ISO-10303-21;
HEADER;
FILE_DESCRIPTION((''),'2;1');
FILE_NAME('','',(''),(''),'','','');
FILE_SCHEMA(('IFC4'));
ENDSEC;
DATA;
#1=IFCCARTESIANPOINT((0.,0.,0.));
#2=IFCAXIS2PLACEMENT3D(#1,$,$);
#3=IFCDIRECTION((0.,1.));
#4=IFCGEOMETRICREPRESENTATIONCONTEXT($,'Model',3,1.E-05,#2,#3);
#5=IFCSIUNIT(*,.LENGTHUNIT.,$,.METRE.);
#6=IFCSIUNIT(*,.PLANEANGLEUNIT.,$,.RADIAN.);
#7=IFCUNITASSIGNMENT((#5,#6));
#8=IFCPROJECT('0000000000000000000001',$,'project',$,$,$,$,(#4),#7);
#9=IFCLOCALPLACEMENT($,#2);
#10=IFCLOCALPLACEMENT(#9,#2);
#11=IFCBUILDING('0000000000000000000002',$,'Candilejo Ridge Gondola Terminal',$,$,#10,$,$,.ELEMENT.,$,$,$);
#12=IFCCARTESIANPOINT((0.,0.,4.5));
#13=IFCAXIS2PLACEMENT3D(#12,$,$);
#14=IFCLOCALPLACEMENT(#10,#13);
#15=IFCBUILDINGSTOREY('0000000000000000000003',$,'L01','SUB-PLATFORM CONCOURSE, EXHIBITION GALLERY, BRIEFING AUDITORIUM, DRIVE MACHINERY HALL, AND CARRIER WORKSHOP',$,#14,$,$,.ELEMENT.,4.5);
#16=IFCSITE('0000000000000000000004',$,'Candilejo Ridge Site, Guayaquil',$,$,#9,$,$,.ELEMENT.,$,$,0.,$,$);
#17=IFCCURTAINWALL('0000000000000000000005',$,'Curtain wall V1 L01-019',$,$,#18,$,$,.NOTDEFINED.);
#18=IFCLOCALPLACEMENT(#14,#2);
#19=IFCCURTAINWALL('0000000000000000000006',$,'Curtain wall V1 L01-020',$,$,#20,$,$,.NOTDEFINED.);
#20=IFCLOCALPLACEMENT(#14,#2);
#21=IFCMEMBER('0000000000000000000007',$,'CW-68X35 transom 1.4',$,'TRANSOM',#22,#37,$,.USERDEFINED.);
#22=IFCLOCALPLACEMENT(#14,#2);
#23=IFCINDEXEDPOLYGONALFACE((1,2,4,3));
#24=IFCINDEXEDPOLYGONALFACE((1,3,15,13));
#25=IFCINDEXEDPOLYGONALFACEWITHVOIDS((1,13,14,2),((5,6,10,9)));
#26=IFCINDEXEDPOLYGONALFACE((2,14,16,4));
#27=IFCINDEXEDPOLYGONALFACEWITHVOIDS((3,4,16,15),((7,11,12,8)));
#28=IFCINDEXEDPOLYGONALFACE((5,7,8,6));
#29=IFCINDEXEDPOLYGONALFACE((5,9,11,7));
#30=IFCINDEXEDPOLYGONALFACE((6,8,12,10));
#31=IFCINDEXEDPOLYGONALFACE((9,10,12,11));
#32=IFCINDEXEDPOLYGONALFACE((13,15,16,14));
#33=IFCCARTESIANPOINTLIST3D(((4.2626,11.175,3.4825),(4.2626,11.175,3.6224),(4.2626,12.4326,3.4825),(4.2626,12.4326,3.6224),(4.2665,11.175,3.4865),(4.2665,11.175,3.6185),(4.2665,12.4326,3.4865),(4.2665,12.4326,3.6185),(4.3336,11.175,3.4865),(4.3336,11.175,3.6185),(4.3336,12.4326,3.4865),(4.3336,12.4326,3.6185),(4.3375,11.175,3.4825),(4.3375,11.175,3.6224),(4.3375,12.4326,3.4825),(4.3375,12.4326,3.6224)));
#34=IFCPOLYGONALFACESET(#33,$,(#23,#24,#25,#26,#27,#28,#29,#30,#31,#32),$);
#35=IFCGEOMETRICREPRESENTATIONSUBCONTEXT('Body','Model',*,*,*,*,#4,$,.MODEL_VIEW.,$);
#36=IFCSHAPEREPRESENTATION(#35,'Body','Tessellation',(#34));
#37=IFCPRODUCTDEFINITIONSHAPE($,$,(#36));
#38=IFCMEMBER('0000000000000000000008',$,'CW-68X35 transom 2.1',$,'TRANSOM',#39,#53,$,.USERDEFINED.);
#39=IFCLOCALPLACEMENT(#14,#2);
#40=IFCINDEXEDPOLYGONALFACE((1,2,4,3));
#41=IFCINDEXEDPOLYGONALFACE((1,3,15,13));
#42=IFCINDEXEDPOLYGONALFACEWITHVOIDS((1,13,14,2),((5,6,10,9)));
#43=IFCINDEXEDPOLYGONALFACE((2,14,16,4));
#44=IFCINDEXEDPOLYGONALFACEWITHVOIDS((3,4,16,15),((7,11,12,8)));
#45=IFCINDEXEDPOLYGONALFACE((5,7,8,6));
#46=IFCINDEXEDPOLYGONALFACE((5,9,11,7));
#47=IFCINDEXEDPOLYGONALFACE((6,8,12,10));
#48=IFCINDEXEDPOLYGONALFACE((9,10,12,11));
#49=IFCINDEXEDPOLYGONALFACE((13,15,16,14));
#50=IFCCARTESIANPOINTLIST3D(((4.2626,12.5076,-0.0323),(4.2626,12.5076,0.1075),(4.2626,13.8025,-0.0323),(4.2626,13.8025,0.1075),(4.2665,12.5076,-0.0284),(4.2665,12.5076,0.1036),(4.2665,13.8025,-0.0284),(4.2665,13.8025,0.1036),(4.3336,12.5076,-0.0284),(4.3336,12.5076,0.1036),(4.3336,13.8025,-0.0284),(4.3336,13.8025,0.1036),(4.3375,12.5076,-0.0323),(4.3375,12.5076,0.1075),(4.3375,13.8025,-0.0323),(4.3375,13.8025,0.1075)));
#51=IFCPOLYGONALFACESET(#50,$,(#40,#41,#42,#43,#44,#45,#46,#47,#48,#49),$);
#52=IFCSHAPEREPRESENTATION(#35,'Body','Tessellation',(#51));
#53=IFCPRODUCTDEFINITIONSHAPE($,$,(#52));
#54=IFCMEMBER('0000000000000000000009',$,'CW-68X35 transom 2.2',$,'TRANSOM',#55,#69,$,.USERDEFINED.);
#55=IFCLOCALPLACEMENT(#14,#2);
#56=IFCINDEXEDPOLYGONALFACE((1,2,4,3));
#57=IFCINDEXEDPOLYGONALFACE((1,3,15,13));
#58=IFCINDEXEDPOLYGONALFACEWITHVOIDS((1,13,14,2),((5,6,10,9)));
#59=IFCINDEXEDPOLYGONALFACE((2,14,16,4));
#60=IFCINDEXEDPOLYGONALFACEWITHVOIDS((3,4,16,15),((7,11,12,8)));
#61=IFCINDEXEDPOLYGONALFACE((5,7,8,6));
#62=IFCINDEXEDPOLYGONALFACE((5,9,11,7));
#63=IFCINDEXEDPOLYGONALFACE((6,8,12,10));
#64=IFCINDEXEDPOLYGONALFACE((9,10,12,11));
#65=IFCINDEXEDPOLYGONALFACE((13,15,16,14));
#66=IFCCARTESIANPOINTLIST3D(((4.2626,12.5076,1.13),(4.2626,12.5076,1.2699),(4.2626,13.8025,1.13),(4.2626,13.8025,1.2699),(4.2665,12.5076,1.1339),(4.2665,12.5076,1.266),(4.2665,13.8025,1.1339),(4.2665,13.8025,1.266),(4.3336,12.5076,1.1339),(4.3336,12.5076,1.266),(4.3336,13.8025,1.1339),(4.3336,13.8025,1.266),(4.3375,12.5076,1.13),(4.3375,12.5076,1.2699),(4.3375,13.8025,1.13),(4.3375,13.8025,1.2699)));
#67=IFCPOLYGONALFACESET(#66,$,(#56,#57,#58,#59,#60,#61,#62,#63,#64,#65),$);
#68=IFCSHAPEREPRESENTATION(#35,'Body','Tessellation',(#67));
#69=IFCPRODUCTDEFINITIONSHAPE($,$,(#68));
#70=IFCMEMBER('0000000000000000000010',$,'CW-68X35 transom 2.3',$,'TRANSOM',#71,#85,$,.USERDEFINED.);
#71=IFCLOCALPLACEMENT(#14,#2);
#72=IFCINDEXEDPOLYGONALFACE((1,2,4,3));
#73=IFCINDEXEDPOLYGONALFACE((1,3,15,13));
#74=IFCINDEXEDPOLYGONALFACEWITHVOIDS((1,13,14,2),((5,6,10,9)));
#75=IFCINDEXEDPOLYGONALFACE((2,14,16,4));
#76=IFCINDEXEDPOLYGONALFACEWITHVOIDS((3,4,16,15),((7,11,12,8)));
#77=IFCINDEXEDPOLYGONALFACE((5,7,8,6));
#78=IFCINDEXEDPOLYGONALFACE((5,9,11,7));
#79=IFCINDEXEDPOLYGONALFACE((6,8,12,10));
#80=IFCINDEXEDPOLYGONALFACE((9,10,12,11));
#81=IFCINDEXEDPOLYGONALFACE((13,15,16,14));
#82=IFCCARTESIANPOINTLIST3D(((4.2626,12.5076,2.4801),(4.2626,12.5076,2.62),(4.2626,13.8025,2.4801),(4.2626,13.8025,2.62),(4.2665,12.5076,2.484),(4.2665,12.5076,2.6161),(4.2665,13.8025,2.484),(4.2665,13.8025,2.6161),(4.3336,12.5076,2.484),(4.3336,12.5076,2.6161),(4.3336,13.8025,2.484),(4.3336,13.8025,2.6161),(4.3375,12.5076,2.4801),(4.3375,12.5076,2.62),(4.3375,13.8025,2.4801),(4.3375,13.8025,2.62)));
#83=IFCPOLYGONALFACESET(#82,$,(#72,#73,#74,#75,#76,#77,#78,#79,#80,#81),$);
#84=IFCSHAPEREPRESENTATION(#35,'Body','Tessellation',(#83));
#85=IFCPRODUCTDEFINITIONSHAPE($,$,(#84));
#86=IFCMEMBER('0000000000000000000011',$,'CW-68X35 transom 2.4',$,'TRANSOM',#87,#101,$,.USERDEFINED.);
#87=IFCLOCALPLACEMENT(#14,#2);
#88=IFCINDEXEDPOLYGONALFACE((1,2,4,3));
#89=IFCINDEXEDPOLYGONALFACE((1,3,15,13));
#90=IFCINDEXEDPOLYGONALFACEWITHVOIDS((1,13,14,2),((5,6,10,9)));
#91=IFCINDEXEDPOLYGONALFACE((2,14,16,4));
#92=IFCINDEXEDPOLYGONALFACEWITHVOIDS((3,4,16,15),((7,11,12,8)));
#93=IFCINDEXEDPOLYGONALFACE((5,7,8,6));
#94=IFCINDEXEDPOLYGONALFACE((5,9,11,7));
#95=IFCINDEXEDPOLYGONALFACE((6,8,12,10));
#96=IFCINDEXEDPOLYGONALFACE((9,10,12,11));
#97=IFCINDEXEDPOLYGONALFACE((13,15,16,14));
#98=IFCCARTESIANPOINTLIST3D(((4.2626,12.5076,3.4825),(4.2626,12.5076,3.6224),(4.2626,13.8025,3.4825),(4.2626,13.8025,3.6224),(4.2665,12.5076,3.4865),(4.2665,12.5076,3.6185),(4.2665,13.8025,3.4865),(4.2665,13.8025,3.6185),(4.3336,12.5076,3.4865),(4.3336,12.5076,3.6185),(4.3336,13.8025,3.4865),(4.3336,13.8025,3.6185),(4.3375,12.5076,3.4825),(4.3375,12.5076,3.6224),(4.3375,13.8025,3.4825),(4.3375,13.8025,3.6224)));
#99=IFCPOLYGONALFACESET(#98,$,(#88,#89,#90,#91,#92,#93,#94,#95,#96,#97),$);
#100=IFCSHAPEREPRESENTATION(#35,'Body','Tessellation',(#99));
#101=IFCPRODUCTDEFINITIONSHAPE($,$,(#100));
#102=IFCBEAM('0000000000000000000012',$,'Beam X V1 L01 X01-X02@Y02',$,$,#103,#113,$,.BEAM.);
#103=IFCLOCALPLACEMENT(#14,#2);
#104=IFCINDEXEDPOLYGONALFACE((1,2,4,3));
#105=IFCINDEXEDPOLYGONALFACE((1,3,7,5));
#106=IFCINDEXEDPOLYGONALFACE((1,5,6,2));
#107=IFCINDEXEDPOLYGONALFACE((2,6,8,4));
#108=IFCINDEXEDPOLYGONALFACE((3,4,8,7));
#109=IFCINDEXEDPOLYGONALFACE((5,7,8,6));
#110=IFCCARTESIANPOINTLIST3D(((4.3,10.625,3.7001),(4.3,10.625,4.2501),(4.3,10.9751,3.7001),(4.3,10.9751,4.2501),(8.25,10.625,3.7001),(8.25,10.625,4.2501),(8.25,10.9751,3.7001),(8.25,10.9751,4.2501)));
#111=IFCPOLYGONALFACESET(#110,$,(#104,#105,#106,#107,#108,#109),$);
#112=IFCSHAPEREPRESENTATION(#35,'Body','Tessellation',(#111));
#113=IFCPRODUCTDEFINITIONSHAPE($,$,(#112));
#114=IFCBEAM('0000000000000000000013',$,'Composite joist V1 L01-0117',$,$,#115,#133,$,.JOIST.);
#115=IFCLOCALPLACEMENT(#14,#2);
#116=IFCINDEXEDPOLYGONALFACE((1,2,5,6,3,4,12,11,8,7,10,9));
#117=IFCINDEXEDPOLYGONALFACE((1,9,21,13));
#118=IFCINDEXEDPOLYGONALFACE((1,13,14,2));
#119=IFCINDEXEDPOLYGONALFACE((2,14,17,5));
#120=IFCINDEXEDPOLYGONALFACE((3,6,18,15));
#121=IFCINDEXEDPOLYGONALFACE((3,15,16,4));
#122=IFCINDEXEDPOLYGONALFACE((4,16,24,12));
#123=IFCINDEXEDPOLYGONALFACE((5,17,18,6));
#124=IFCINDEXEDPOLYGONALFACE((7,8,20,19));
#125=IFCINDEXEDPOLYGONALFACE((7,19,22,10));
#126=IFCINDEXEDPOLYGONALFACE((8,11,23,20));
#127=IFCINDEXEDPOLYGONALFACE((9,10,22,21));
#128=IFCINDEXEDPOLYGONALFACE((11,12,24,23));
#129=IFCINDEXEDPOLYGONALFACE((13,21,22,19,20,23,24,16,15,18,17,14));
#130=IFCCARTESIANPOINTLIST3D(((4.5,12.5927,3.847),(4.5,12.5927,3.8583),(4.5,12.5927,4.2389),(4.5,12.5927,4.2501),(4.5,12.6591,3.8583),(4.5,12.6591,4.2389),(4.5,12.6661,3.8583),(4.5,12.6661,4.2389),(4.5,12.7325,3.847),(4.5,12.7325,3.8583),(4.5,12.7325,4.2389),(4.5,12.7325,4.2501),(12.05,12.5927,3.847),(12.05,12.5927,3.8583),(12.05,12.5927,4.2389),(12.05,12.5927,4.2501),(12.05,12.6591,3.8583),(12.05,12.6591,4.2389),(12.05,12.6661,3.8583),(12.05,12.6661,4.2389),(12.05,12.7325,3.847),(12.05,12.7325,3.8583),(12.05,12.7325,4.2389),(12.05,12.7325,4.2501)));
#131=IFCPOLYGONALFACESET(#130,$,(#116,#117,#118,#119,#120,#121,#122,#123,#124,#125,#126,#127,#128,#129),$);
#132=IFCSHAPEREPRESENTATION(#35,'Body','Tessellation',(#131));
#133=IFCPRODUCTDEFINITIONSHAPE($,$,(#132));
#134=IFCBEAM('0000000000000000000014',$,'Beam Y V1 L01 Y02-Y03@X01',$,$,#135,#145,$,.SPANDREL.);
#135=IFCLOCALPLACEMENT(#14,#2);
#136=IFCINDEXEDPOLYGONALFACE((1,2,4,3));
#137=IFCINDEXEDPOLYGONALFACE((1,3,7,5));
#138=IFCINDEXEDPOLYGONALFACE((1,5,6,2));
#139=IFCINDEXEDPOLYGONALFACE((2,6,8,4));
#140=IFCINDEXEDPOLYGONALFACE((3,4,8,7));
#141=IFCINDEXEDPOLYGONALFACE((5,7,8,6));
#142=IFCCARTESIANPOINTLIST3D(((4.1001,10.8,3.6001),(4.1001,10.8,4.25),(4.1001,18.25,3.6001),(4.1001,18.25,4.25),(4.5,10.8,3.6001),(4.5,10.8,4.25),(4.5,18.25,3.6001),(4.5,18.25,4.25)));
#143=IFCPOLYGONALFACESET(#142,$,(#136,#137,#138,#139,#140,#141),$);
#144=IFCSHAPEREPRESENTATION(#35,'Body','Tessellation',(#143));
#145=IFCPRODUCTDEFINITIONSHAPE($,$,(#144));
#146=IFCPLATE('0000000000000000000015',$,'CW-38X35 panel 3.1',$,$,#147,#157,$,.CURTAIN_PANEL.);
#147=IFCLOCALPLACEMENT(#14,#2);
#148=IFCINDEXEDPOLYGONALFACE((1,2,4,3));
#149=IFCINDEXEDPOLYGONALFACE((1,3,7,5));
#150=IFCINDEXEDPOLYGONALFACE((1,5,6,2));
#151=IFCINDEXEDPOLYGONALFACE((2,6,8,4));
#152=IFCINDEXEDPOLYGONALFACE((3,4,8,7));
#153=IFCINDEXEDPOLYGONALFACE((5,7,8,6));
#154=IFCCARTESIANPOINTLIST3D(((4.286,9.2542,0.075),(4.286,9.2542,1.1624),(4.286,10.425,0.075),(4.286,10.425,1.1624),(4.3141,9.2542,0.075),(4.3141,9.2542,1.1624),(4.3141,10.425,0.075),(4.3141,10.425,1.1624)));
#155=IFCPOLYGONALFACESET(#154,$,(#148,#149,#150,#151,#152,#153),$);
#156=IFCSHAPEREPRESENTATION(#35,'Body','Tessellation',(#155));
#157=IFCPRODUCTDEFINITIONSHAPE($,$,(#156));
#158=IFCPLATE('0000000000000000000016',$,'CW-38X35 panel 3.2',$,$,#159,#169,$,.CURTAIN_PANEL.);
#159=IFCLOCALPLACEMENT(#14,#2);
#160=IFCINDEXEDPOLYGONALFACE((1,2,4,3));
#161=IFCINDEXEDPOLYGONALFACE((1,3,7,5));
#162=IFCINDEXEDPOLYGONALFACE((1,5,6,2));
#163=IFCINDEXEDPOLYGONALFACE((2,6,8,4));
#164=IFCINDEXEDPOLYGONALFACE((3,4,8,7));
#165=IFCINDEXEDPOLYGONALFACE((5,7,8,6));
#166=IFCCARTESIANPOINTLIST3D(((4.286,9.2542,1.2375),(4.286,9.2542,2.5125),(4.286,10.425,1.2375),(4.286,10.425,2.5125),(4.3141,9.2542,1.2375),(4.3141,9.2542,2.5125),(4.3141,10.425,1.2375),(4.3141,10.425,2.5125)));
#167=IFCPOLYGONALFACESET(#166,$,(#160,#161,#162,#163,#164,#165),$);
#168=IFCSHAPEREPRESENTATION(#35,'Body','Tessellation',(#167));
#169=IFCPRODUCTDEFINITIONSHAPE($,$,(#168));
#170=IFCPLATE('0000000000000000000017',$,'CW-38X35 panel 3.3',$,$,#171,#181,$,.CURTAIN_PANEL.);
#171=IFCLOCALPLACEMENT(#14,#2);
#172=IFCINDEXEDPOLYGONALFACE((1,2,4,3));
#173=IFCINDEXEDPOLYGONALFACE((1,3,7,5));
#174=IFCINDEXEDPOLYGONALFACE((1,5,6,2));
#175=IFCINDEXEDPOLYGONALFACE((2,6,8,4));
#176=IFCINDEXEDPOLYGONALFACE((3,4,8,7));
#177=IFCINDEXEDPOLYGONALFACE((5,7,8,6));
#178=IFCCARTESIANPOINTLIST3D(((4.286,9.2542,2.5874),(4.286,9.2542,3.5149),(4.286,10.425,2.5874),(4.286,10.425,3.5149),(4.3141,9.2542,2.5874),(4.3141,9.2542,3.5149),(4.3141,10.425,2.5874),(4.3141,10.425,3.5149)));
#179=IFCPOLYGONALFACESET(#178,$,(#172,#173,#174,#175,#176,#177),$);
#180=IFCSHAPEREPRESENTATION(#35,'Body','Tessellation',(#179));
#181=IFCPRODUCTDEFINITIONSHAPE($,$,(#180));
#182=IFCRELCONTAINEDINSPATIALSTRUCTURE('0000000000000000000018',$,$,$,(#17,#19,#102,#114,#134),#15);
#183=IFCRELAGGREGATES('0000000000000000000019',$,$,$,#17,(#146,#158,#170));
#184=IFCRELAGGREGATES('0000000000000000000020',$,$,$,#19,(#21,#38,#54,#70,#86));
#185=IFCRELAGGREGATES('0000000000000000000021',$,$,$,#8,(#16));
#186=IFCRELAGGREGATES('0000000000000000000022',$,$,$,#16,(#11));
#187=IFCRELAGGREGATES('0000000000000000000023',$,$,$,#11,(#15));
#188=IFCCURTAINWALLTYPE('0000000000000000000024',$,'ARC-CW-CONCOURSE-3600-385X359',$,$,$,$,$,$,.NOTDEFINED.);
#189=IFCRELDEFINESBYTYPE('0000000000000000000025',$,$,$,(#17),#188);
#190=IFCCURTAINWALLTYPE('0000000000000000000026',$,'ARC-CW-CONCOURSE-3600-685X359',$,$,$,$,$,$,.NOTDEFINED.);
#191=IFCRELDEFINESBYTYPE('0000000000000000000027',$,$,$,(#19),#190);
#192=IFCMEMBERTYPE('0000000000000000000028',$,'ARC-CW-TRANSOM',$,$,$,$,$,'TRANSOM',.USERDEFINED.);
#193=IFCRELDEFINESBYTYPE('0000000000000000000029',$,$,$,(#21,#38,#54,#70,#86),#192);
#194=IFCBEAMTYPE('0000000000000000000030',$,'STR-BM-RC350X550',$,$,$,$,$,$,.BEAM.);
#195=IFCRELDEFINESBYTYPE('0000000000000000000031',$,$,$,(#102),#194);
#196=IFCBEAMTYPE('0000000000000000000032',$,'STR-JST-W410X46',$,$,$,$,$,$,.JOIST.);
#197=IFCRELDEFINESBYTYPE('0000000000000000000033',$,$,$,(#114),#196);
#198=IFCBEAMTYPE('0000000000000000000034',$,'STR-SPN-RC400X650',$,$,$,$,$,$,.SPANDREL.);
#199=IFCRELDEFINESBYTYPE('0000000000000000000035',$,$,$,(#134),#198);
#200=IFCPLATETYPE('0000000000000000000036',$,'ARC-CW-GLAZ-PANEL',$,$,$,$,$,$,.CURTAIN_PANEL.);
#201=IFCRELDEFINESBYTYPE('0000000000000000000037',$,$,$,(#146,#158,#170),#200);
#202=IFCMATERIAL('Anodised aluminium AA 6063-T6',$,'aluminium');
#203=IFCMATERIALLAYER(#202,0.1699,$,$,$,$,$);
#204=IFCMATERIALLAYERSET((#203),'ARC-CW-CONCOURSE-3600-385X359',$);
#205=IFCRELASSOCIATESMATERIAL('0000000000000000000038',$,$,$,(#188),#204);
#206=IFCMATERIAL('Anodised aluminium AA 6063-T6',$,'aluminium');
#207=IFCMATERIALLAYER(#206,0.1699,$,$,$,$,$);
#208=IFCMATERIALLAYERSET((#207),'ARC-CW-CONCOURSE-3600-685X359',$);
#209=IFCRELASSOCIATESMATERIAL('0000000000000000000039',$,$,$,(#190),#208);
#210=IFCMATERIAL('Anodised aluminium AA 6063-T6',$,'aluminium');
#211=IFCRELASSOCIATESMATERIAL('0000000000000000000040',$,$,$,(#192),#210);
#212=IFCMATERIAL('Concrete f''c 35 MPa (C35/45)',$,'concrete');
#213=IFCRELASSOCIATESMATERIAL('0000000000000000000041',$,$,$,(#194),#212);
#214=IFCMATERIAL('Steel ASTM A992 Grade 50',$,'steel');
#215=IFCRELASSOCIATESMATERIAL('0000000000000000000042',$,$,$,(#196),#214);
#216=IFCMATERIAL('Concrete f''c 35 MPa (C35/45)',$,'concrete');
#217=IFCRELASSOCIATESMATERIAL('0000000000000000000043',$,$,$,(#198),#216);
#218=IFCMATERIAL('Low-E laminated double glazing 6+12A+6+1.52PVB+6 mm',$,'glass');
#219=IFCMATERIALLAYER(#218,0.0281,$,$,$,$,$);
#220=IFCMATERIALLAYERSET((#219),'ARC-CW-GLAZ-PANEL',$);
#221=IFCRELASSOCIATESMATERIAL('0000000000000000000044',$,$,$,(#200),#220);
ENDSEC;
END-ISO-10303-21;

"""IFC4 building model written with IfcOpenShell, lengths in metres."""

from ifc_helpers import new_model, si_unit, direction, frame, origin, origin_2d, place, context, subcontext, project, spatial, rectangle, hollow_rectangle, i_section, extrude, material, layer, layer_set, material_profile, profile_set, type_object, element, aggregate, save


model = new_model("IFC4")

# Units and contexts
model_context = context("Model", 3, precision=1e-05, world=origin(), true_north=direction((0.0, 1.0)))
body_context = subcontext(model_context, "Body", "Model", "MODEL_VIEW")
ifc_project = project(units=[si_unit("LENGTHUNIT", "METRE"), si_unit("PLANEANGLEUNIT", "RADIAN")], contexts=[model_context])

# Site, building, storey
site_placement = place(None, origin())
site = spatial("IfcSite", under=ifc_project, at=site_placement, Name="Candilejo Ridge Site, Guayaquil", CompositionType="ELEMENT", RefElevation=0.0)
building_placement = place(site_placement, origin())
building = spatial("IfcBuilding", under=site, at=building_placement, Name="Candilejo Ridge Gondola Terminal", CompositionType="ELEMENT")
storey_placement = place(building_placement, frame((0.0, 0.0, 4.5)))
storey = spatial("IfcBuildingStorey", under=building, at=storey_placement, Name="L01", Description="SUB-PLATFORM CONCOURSE, EXHIBITION GALLERY, BRIEFING AUDITORIUM, DRIVE MACHINERY HALL, AND CARRIER WORKSHOP", CompositionType="ELEMENT", Elevation=4.5)

# Curtain wall
ifc_material_1 = material(Name="Anodised aluminium AA 6063-T6", Category="aluminium")
ifc_layer_1 = layer(ifc_material_1, 0.1699)
ifc_layer_set_1 = layer_set([ifc_layer_1], Name="ARC-CW-CONCOURSE-3600-385X359")
curtain_wall_type_1 = type_object("IfcCurtainWallType", Name="ARC-CW-CONCOURSE-3600-385X359", PredefinedType="NOTDEFINED", material=ifc_layer_set_1)
curtain_wall_1_placement = place(storey_placement, origin())
curtain_wall_1 = element("IfcCurtainWall", 1, at=curtain_wall_1_placement, inside=storey, type_object=curtain_wall_type_1, Name="Curtain wall V1 L01-019", PredefinedType="NOTDEFINED")

# Curtain wall
ifc_material_2 = material(Name="Anodised aluminium AA 6063-T6", Category="aluminium")
ifc_layer_2 = layer(ifc_material_2, 0.1699)
ifc_layer_set_2 = layer_set([ifc_layer_2], Name="ARC-CW-CONCOURSE-3600-685X359")
curtain_wall_type_2 = type_object("IfcCurtainWallType", Name="ARC-CW-CONCOURSE-3600-685X359", PredefinedType="NOTDEFINED", material=ifc_layer_set_2)
curtain_wall_2_placement = place(storey_placement, origin())
curtain_wall_2 = element("IfcCurtainWall", 2, at=curtain_wall_2_placement, inside=storey, type_object=curtain_wall_type_2, Name="Curtain wall V1 L01-020", PredefinedType="NOTDEFINED")

# Members
ifc_material_3 = material(Name="Anodised aluminium AA 6063-T6", Category="aluminium")
ifc_material_profile_1 = material_profile(ifc_material_3, hollow_rectangle(XDim=0.075, YDim=0.1399, WallThickness=0.0039, at=origin_2d()))
ifc_profile_set_1 = profile_set([ifc_material_profile_1], Name="Anodised aluminium AA 6063-T6")
member_type_1 = type_object("IfcMemberType", Name="ARC-CW-TRANSOM", ElementType="TRANSOM", PredefinedType="USERDEFINED", material=ifc_profile_set_1)
member_1_placement = place(storey_placement, frame((4.3, 11.175, 3.5525), z_axis=(0.0, 1.0, 0.0), x_axis=(-1.0, 0.0, 0.0)))
member_1 = element("IfcMember", 3, at=member_1_placement, type_object=member_type_1, Name="CW-68X35 transom 1.4", ObjectType="TRANSOM", PredefinedType="USERDEFINED", context=body_context, shape_type="SweptSolid", body=[
    extrude(hollow_rectangle(XDim=0.075, YDim=0.1399, WallThickness=0.0039, at=origin_2d()), origin(), (0.0, 0.0, 1.0), 1.2576),
])
member_2_placement = place(storey_placement, frame((4.3, 12.5076, 0.0376), z_axis=(0.0, 1.0, 0.0), x_axis=(-1.0, 0.0, 0.0)))
member_2 = element("IfcMember", 4, at=member_2_placement, type_object=member_type_1, Name="CW-68X35 transom 2.1", ObjectType="TRANSOM", PredefinedType="USERDEFINED", context=body_context, shape_type="SweptSolid", body=[
    extrude(hollow_rectangle(XDim=0.075, YDim=0.1399, WallThickness=0.0039, at=origin_2d()), origin(), (0.0, 0.0, 1.0), 1.2949),
])
member_3_placement = place(storey_placement, frame((4.3, 12.5076, 1.2), z_axis=(0.0, 1.0, 0.0), x_axis=(-1.0, 0.0, 0.0)))
member_3 = element("IfcMember", 5, at=member_3_placement, type_object=member_type_1, Name="CW-68X35 transom 2.2", ObjectType="TRANSOM", PredefinedType="USERDEFINED", context=body_context, shape_type="SweptSolid", body=[
    extrude(hollow_rectangle(XDim=0.075, YDim=0.1399, WallThickness=0.0039, at=origin_2d()), origin(), (0.0, 0.0, 1.0), 1.2949),
])
member_4_placement = place(storey_placement, frame((4.3, 12.5076, 2.55), z_axis=(0.0, 1.0, 0.0), x_axis=(-1.0, 0.0, 0.0)))
member_4 = element("IfcMember", 6, at=member_4_placement, type_object=member_type_1, Name="CW-68X35 transom 2.3", ObjectType="TRANSOM", PredefinedType="USERDEFINED", context=body_context, shape_type="SweptSolid", body=[
    extrude(hollow_rectangle(XDim=0.075, YDim=0.1399, WallThickness=0.0039, at=origin_2d()), origin(), (0.0, 0.0, 1.0), 1.2949),
])
member_5_placement = place(storey_placement, frame((4.3, 12.5076, 3.5525), z_axis=(0.0, 1.0, 0.0), x_axis=(-1.0, 0.0, 0.0)))
member_5 = element("IfcMember", 7, at=member_5_placement, type_object=member_type_1, Name="CW-68X35 transom 2.4", ObjectType="TRANSOM", PredefinedType="USERDEFINED", context=body_context, shape_type="SweptSolid", body=[
    extrude(hollow_rectangle(XDim=0.075, YDim=0.1399, WallThickness=0.0039, at=origin_2d()), origin(), (0.0, 0.0, 1.0), 1.2949),
])

# Beams
ifc_material_4 = material(Name="Concrete f'c 35 MPa (C35/45)", Category="concrete")
ifc_material_profile_2 = material_profile(ifc_material_4, rectangle(XDim=0.3501, YDim=0.55, at=origin_2d()))
ifc_profile_set_2 = profile_set([ifc_material_profile_2], Name="Concrete f'c 35 MPa (C35/45)")
beam_type_1 = type_object("IfcBeamType", Name="STR-BM-RC350X550", PredefinedType="BEAM", material=ifc_profile_set_2)
beam_1_placement = place(storey_placement, frame((4.3, 10.8, 3.9751), z_axis=(1.0, 0.0, 0.0), x_axis=(0.0, 1.0, 0.0)))
element("IfcBeam", 8, at=beam_1_placement, inside=storey, type_object=beam_type_1, Name="Beam X V1 L01 X01-X02@Y02", PredefinedType="BEAM", context=body_context, shape_type="SweptSolid", body=[
    extrude(rectangle(XDim=0.3501, YDim=0.55, at=origin_2d()), origin(), (0.0, 0.0, 1.0), 3.95),
])
ifc_material_5 = material(Name="Steel ASTM A992 Grade 50", Category="steel")
ifc_material_profile_3 = material_profile(ifc_material_5, i_section(OverallWidth=0.1399, OverallDepth=0.4031, WebThickness=0.0071, FlangeThickness=0.0112, at=origin_2d()))
ifc_profile_set_3 = profile_set([ifc_material_profile_3], Name="Steel ASTM A992 Grade 50")
beam_type_2 = type_object("IfcBeamType", Name="STR-JST-W410X46", PredefinedType="JOIST", material=ifc_profile_set_3)
beam_2_placement = place(storey_placement, frame((4.5, 12.6626, 4.0486), z_axis=(1.0, 0.0, 0.0), x_axis=(0.0, 1.0, 0.0)))
element("IfcBeam", 9, at=beam_2_placement, inside=storey, type_object=beam_type_2, Name="Composite joist V1 L01-0117", PredefinedType="JOIST", context=body_context, shape_type="SweptSolid", body=[
    extrude(i_section(OverallWidth=0.1399, OverallDepth=0.4031, WebThickness=0.0071, FlangeThickness=0.0112, at=origin_2d()), origin(), (0.0, 0.0, 1.0), 7.55),
])
ifc_material_6 = material(Name="Concrete f'c 35 MPa (C35/45)", Category="concrete")
ifc_material_profile_4 = material_profile(ifc_material_6, rectangle(XDim=0.3999, YDim=0.6499, at=origin_2d()))
ifc_profile_set_4 = profile_set([ifc_material_profile_4], Name="Concrete f'c 35 MPa (C35/45)")
beam_type_3 = type_object("IfcBeamType", Name="STR-SPN-RC400X650", PredefinedType="SPANDREL", material=ifc_profile_set_4)
beam_3_placement = place(storey_placement, frame((4.3, 10.8, 3.925), z_axis=(0.0, 1.0, 0.0), x_axis=(-1.0, 0.0, 0.0)))
element("IfcBeam", 10, at=beam_3_placement, inside=storey, type_object=beam_type_3, Name="Beam Y V1 L01 Y02-Y03@X01", PredefinedType="SPANDREL", context=body_context, shape_type="SweptSolid", body=[
    extrude(rectangle(XDim=0.3999, YDim=0.6499, at=origin_2d()), origin(), (0.0, 0.0, 1.0), 7.45),
])

# Plates
ifc_material_7 = material(Name="Low-E laminated double glazing 6+12A+6+1.52PVB+6 mm", Category="glass")
ifc_layer_3 = layer(ifc_material_7, 0.0281)
ifc_layer_set_3 = layer_set([ifc_layer_3], Name="ARC-CW-GLAZ-PANEL")
plate_type = type_object("IfcPlateType", Name="ARC-CW-GLAZ-PANEL", PredefinedType="CURTAIN_PANEL", material=ifc_layer_set_3)
plate_1_placement = place(storey_placement, frame((4.3, 9.8396, 0.075), z_axis=(0.0, 0.0, 1.0), x_axis=(0.0, 1.0, 0.0)))
plate_1 = element("IfcPlate", 11, at=plate_1_placement, type_object=plate_type, Name="CW-38X35 panel 3.1", PredefinedType="CURTAIN_PANEL", context=body_context, shape_type="SweptSolid", body=[
    extrude(rectangle(XDim=1.1709, YDim=0.0281, at=origin_2d()), origin(), (0.0, 0.0, 1.0), 1.0874),
])
plate_2_placement = place(storey_placement, frame((4.3, 9.8396, 1.2375), z_axis=(0.0, 0.0, 1.0), x_axis=(0.0, 1.0, 0.0)))
plate_2 = element("IfcPlate", 12, at=plate_2_placement, type_object=plate_type, Name="CW-38X35 panel 3.2", PredefinedType="CURTAIN_PANEL", context=body_context, shape_type="SweptSolid", body=[
    extrude(rectangle(XDim=1.1709, YDim=0.0281, at=origin_2d()), origin(), (0.0, 0.0, 1.0), 1.2749),
])
plate_3_placement = place(storey_placement, frame((4.3, 9.8396, 2.5874), z_axis=(0.0, 0.0, 1.0), x_axis=(0.0, 1.0, 0.0)))
plate_3 = element("IfcPlate", 13, at=plate_3_placement, type_object=plate_type, Name="CW-38X35 panel 3.3", PredefinedType="CURTAIN_PANEL", context=body_context, shape_type="SweptSolid", body=[
    extrude(rectangle(XDim=1.1709, YDim=0.0281, at=origin_2d()), origin(), (0.0, 0.0, 1.0), 0.9275),
])
aggregate(curtain_wall_1, [plate_1, plate_2, plate_3])
aggregate(curtain_wall_2, [member_1, member_2, member_3, member_4, member_5])

save(model, "model.ifc")
